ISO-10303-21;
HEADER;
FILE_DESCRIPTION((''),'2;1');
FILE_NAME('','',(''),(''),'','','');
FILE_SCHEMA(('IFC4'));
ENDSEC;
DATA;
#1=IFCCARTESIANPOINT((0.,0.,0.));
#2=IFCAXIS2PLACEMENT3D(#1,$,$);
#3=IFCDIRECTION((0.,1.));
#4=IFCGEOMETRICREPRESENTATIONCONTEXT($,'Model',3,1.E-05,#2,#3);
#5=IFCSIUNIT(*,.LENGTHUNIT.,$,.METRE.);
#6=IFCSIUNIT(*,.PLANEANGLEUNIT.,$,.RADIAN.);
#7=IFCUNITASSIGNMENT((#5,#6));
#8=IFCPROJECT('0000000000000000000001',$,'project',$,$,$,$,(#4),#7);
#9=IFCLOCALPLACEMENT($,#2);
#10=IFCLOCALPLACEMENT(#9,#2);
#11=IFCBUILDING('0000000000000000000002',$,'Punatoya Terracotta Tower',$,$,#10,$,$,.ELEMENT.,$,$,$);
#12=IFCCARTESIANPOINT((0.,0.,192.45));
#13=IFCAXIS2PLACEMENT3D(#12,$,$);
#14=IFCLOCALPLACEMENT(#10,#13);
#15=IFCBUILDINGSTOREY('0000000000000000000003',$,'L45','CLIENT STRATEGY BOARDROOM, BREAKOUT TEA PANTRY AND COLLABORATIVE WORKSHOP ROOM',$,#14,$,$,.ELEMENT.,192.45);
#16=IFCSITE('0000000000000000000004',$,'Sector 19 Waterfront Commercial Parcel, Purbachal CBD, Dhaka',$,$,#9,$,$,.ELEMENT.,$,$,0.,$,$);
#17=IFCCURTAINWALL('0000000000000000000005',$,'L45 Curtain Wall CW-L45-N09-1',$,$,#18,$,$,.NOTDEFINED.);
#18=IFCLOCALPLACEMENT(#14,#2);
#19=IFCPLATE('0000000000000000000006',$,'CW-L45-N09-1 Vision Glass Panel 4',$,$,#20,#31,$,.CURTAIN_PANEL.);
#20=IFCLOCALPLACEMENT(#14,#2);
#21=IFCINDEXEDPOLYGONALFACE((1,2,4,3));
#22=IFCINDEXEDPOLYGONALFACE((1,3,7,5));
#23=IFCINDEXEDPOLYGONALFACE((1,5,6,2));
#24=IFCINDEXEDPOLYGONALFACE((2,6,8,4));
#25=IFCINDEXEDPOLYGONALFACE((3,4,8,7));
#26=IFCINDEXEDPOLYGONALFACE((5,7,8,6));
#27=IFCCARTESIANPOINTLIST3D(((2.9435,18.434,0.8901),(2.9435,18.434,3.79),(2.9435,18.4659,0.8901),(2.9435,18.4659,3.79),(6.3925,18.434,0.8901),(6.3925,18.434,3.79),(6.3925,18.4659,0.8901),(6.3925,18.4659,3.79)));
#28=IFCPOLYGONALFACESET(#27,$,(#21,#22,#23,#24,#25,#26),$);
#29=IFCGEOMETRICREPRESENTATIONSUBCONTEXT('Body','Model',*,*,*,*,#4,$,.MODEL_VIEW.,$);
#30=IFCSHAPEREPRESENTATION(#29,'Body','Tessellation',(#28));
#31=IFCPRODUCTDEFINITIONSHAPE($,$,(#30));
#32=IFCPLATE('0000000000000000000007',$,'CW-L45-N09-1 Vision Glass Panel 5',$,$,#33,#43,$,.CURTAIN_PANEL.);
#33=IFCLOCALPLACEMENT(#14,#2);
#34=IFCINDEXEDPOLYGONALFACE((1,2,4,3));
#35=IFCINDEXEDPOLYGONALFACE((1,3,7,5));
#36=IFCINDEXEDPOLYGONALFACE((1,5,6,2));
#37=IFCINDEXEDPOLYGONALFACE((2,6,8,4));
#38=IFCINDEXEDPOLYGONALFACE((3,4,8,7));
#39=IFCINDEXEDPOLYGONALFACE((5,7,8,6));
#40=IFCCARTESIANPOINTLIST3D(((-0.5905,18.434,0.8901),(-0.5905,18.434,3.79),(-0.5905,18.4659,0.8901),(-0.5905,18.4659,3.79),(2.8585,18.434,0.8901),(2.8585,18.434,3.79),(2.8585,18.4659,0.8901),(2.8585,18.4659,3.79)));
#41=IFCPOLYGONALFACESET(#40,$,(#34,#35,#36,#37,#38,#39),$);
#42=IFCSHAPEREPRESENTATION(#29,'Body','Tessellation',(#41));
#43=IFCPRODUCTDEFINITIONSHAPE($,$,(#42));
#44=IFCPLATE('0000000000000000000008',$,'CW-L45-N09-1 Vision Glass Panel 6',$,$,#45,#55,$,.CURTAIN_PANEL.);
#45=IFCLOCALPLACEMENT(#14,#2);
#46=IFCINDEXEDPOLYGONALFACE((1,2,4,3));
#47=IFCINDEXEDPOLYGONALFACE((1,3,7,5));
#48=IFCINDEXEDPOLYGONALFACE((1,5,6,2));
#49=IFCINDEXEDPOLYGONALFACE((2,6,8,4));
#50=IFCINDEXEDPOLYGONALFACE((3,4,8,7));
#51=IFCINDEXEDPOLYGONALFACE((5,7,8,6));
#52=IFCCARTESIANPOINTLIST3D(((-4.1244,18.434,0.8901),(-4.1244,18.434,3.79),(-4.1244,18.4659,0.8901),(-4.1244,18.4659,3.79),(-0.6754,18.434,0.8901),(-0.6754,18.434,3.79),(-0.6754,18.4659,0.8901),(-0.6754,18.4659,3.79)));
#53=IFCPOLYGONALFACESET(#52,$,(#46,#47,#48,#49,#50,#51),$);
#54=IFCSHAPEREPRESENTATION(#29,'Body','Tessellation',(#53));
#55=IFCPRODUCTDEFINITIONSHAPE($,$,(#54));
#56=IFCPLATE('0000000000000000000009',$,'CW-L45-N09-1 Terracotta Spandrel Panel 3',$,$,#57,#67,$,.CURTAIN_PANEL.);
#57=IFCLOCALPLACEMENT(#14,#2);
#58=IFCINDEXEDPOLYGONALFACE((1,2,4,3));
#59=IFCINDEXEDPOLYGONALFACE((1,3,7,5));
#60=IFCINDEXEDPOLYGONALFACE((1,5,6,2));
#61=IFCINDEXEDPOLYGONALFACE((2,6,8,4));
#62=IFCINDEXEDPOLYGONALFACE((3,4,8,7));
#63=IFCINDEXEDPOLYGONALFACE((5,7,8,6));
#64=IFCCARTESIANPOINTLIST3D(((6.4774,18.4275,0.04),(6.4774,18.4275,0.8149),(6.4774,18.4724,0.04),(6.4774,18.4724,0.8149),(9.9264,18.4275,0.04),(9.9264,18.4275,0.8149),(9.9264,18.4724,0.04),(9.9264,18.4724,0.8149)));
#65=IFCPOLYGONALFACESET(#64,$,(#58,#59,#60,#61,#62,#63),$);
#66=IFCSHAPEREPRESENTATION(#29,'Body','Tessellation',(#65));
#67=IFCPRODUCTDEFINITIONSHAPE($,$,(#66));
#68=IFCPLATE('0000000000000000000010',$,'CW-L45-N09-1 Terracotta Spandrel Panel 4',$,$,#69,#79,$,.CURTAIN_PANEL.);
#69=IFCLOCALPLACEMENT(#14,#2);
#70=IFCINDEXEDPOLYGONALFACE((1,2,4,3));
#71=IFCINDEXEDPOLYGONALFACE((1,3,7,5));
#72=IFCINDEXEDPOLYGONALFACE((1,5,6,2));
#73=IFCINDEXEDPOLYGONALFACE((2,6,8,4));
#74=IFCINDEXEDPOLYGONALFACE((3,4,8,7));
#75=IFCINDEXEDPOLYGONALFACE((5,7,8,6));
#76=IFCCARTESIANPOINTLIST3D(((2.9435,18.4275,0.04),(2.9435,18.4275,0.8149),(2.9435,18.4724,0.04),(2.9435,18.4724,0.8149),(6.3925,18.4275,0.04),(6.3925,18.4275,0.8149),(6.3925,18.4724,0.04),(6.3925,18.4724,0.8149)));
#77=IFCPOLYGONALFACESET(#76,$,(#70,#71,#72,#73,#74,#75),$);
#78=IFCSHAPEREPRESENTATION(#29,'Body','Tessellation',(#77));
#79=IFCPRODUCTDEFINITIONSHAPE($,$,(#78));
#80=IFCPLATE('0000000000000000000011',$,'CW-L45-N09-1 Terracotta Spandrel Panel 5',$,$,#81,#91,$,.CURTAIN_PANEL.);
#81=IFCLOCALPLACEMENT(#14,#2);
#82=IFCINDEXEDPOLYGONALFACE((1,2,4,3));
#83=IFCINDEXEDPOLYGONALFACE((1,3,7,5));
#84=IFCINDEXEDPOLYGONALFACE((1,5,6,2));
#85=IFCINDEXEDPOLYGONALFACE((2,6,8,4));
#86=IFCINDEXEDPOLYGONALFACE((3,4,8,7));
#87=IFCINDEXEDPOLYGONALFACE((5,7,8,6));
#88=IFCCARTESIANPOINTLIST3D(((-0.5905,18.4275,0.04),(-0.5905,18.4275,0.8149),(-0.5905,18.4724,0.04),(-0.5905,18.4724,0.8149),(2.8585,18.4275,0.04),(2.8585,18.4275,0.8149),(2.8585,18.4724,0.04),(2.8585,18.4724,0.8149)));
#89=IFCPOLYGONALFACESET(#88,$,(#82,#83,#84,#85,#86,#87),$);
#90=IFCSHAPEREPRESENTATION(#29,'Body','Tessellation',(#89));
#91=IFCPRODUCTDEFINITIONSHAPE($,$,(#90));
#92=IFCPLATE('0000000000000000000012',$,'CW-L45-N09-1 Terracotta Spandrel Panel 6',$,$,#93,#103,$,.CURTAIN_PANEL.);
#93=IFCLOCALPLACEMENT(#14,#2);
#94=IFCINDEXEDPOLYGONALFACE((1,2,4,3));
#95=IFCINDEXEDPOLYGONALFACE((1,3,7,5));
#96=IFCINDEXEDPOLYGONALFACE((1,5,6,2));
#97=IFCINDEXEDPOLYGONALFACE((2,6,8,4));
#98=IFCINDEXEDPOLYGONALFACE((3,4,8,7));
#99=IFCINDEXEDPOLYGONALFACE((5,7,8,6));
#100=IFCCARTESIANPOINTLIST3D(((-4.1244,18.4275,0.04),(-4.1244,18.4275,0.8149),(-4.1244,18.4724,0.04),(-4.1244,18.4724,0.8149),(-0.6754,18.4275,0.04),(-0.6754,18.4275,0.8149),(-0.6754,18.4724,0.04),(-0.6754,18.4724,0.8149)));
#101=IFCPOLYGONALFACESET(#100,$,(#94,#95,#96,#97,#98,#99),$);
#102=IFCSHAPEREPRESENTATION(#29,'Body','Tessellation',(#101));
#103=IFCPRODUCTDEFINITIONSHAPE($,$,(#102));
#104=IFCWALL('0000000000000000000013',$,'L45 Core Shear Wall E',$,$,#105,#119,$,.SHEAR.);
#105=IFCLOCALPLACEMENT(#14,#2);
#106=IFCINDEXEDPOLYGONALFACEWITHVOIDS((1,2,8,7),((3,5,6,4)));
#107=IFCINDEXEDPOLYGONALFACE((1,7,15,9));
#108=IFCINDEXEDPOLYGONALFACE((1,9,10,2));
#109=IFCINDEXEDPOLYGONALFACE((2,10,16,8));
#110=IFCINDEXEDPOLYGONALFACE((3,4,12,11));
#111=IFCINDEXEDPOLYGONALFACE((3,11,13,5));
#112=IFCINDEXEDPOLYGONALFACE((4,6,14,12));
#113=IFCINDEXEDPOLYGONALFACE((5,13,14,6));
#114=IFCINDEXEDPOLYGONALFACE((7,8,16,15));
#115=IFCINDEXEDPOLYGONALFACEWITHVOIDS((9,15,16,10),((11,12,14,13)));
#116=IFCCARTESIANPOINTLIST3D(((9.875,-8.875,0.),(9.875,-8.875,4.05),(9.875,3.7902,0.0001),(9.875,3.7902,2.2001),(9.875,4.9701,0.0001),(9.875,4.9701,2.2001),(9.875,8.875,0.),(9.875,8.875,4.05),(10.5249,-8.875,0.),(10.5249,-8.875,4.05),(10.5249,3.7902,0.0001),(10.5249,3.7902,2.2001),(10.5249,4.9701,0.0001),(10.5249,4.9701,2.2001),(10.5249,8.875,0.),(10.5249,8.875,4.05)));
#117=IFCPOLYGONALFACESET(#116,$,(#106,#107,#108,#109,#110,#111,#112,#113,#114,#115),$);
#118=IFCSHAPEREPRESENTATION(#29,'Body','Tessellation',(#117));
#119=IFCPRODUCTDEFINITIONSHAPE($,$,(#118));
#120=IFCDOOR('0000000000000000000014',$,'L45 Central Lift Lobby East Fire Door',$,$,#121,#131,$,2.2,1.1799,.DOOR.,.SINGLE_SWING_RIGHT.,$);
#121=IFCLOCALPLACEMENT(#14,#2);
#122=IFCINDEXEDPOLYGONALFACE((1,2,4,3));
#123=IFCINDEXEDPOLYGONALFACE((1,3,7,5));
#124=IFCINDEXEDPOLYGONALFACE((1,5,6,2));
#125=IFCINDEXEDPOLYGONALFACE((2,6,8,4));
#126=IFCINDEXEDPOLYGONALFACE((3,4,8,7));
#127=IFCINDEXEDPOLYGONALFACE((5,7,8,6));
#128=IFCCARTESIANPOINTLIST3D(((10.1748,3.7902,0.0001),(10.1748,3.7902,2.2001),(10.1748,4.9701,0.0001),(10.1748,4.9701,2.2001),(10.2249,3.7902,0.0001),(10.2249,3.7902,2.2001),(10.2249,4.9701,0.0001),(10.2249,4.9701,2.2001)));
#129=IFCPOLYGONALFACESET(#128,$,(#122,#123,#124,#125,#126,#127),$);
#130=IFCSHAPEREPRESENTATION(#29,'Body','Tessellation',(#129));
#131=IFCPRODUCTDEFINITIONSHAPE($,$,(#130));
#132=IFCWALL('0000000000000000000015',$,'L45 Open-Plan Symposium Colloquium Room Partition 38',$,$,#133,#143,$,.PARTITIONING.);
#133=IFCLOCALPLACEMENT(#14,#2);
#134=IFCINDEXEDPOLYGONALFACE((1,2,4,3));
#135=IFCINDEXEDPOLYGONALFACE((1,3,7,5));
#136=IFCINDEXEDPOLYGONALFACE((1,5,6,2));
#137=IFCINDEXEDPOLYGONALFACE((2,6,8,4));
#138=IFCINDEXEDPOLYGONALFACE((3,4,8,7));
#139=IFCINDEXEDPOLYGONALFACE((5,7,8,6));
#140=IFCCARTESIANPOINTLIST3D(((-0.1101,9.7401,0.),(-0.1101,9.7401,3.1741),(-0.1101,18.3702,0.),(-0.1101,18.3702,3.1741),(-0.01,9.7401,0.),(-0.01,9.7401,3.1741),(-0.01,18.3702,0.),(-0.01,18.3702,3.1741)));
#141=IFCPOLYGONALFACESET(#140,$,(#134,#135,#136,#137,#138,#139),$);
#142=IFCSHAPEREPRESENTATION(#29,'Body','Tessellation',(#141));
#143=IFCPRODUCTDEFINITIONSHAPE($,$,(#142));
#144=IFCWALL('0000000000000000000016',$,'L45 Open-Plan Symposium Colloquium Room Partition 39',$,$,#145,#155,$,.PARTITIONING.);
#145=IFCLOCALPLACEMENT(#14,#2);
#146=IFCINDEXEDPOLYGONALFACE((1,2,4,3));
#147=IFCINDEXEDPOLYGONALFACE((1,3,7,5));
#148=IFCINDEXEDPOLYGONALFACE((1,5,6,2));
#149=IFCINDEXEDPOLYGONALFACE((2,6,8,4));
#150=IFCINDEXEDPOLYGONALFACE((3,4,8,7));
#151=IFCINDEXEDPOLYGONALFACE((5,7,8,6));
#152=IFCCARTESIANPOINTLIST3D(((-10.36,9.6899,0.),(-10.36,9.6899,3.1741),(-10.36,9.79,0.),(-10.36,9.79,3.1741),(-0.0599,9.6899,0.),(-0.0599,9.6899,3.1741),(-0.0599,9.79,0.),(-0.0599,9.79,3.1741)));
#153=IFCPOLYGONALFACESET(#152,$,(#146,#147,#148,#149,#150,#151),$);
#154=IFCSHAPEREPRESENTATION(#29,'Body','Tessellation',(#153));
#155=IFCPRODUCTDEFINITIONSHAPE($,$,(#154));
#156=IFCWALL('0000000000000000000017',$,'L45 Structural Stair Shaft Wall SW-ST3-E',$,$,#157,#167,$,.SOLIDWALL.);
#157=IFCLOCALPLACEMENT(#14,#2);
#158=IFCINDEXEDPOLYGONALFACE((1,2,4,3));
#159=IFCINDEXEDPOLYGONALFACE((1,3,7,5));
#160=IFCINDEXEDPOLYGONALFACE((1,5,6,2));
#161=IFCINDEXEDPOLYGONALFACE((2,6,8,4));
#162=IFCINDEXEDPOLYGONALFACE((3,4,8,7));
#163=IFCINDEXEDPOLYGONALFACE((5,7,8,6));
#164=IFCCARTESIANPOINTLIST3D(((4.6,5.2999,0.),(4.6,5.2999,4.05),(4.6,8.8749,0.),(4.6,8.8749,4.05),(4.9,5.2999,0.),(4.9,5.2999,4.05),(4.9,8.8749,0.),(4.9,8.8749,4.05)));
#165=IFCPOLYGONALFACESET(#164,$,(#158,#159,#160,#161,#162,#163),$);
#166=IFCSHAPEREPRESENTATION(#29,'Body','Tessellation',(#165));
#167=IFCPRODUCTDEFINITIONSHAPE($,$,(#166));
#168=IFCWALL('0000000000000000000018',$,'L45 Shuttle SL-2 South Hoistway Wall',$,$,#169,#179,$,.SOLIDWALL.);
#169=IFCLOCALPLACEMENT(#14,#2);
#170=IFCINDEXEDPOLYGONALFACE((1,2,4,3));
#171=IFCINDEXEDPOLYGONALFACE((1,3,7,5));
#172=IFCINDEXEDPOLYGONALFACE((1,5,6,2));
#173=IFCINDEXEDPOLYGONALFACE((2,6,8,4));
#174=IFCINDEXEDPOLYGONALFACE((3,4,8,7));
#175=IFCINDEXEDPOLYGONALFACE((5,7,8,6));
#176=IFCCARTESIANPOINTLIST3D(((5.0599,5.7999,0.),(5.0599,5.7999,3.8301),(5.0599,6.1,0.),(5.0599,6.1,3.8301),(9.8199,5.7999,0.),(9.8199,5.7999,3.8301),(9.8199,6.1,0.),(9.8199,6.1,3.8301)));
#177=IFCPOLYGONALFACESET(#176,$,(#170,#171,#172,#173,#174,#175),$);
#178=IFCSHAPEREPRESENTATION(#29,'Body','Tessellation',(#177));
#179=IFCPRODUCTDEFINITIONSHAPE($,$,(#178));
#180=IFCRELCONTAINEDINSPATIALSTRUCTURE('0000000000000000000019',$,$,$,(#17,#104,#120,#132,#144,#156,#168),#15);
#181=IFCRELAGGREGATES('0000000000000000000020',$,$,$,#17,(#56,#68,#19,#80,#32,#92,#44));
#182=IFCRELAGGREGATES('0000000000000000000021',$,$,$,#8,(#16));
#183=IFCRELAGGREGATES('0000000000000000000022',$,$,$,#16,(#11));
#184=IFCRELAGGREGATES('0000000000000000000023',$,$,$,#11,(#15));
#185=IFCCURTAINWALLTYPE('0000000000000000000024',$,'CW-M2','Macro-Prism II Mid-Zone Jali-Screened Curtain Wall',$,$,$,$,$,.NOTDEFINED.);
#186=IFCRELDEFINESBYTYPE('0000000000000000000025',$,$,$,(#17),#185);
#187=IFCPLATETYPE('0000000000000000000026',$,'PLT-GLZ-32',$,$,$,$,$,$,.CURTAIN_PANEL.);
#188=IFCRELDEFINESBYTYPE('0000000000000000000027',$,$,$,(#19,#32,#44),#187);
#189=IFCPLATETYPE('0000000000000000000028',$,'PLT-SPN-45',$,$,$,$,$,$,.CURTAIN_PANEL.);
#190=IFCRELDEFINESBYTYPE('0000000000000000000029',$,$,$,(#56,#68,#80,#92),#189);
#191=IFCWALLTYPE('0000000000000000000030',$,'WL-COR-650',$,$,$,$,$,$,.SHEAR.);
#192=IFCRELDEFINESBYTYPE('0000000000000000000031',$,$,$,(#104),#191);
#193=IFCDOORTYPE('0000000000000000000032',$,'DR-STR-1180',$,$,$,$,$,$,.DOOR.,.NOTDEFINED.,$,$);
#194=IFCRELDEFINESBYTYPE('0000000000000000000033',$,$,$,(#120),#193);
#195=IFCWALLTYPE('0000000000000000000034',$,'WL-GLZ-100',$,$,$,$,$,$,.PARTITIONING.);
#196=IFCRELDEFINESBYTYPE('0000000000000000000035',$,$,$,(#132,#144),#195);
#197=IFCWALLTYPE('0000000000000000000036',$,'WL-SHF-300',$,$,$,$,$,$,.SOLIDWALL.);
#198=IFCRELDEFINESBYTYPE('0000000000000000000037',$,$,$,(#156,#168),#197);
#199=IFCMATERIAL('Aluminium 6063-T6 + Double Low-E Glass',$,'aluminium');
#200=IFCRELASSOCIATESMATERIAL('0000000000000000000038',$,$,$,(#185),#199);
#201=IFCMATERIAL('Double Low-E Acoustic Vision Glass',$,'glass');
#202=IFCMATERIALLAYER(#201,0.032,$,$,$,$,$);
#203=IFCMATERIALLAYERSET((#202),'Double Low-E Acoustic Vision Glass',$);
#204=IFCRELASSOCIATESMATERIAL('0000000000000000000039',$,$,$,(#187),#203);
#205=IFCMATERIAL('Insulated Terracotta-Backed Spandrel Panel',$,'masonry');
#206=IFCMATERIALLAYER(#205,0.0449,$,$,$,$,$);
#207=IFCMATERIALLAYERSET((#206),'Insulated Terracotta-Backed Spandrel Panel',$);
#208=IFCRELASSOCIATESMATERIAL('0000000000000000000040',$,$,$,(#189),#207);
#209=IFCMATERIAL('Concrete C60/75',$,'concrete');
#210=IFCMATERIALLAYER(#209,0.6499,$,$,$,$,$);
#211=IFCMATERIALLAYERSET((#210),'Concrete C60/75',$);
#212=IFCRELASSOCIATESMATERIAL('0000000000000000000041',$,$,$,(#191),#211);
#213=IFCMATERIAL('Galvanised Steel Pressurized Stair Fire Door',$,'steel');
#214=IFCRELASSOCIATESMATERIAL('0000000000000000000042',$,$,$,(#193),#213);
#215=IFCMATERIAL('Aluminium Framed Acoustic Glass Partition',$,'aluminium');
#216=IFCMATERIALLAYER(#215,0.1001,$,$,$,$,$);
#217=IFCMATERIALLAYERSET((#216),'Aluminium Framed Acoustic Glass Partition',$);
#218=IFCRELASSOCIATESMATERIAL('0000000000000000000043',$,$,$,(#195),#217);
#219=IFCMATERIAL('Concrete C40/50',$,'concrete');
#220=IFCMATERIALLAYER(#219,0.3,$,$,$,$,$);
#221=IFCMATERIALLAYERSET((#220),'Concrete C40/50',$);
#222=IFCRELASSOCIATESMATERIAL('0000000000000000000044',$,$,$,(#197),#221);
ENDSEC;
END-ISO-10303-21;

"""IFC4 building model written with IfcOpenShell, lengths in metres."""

from ifc_helpers import new_model, si_unit, direction, frame, frame_2d, origin, origin_2d, place, context, subcontext, project, spatial, rectangle, extrude, material, layer, layer_set, type_object, element, fill, aggregate, save


model = new_model("IFC4")

# Units and contexts
model_context = context("Model", 3, precision=1e-05, world=origin(), true_north=direction((0.0, 1.0)))
body_context = subcontext(model_context, "Body", "Model", "MODEL_VIEW")
ifc_project = project(units=[si_unit("LENGTHUNIT", "METRE"), si_unit("PLANEANGLEUNIT", "RADIAN")], contexts=[model_context])

# Site, building, storey
site_placement = place(None, origin())
site = spatial("IfcSite", under=ifc_project, at=site_placement, Name="Sector 19 Waterfront Commercial Parcel, Purbachal CBD, Dhaka", CompositionType="ELEMENT", RefElevation=0.0)
building_placement = place(site_placement, origin())
building = spatial("IfcBuilding", under=site, at=building_placement, Name="Punatoya Terracotta Tower", CompositionType="ELEMENT")
storey_placement = place(building_placement, frame((0.0, 0.0, 192.45)))
storey = spatial("IfcBuildingStorey", under=building, at=storey_placement, Name="L45", Description="CLIENT STRATEGY BOARDROOM, BREAKOUT TEA PANTRY AND COLLABORATIVE WORKSHOP ROOM", CompositionType="ELEMENT", Elevation=192.45)

# Curtain wall, plates
ifc_material_1 = material(Name="Aluminium 6063-T6 + Double Low-E Glass", Category="aluminium")
curtain_wall_type = type_object("IfcCurtainWallType", Name="CW-M2", Description="Macro-Prism II Mid-Zone Jali-Screened Curtain Wall", PredefinedType="NOTDEFINED", material=ifc_material_1)
curtain_wall_placement = place(storey_placement, origin())
curtain_wall = element("IfcCurtainWall", 1, at=curtain_wall_placement, inside=storey, type_object=curtain_wall_type, Name="L45 Curtain Wall CW-L45-N09-1", PredefinedType="NOTDEFINED")
ifc_material_2 = material(Name="Double Low-E Acoustic Vision Glass", Category="glass")
ifc_layer_1 = layer(ifc_material_2, 0.032)
ifc_layer_set_1 = layer_set([ifc_layer_1], Name="Double Low-E Acoustic Vision Glass")
plate_type_1 = type_object("IfcPlateType", Name="PLT-GLZ-32", PredefinedType="CURTAIN_PANEL", material=ifc_layer_set_1)
plate_1_placement = place(storey_placement, frame((4.668, 18.45, 0.8901), z_axis=(0.0, 0.0, 1.0), x_axis=(-1.0, 0.0, 0.0)))
plate_1 = element("IfcPlate", 2, at=plate_1_placement, type_object=plate_type_1, Name="CW-L45-N09-1 Vision Glass Panel 4", PredefinedType="CURTAIN_PANEL", context=body_context, shape_type="SweptSolid", body=[
    extrude(rectangle(XDim=3.449, YDim=0.032, at=origin_2d()), origin(), (0.0, 0.0, 1.0), 2.8999),
])
plate_2_placement = place(storey_placement, frame((1.134, 18.45, 0.8901), z_axis=(0.0, 0.0, 1.0), x_axis=(-1.0, 0.0, 0.0)))
plate_2 = element("IfcPlate", 3, at=plate_2_placement, type_object=plate_type_1, Name="CW-L45-N09-1 Vision Glass Panel 5", PredefinedType="CURTAIN_PANEL", context=body_context, shape_type="SweptSolid", body=[
    extrude(rectangle(XDim=3.449, YDim=0.032, at=origin_2d()), origin(), (0.0, 0.0, 1.0), 2.8999),
])
plate_3_placement = place(storey_placement, frame((-2.3999, 18.45, 0.8901), z_axis=(0.0, 0.0, 1.0), x_axis=(-1.0, 0.0, 0.0)))
plate_3 = element("IfcPlate", 4, at=plate_3_placement, type_object=plate_type_1, Name="CW-L45-N09-1 Vision Glass Panel 6", PredefinedType="CURTAIN_PANEL", context=body_context, shape_type="SweptSolid", body=[
    extrude(rectangle(XDim=3.449, YDim=0.032, at=origin_2d()), origin(), (0.0, 0.0, 1.0), 2.8999),
])
ifc_material_3 = material(Name="Insulated Terracotta-Backed Spandrel Panel", Category="masonry")
ifc_layer_2 = layer(ifc_material_3, 0.0449)
ifc_layer_set_2 = layer_set([ifc_layer_2], Name="Insulated Terracotta-Backed Spandrel Panel")
plate_type_2 = type_object("IfcPlateType", Name="PLT-SPN-45", PredefinedType="CURTAIN_PANEL", material=ifc_layer_set_2)
plate_4_placement = place(storey_placement, frame((8.2019, 18.45, 0.04), z_axis=(0.0, 0.0, 1.0), x_axis=(-1.0, 0.0, 0.0)))
plate_4 = element("IfcPlate", 5, at=plate_4_placement, type_object=plate_type_2, Name="CW-L45-N09-1 Terracotta Spandrel Panel 3", PredefinedType="CURTAIN_PANEL", context=body_context, shape_type="SweptSolid", body=[
    extrude(rectangle(XDim=3.449, YDim=0.0449, at=origin_2d()), origin(), (0.0, 0.0, 1.0), 0.7749),
])
plate_5_placement = place(storey_placement, frame((4.668, 18.45, 0.04), z_axis=(0.0, 0.0, 1.0), x_axis=(-1.0, 0.0, 0.0)))
plate_5 = element("IfcPlate", 6, at=plate_5_placement, type_object=plate_type_2, Name="CW-L45-N09-1 Terracotta Spandrel Panel 4", PredefinedType="CURTAIN_PANEL", context=body_context, shape_type="SweptSolid", body=[
    extrude(rectangle(XDim=3.449, YDim=0.0449, at=origin_2d()), origin(), (0.0, 0.0, 1.0), 0.7749),
])
plate_6_placement = place(storey_placement, frame((1.134, 18.45, 0.04), z_axis=(0.0, 0.0, 1.0), x_axis=(-1.0, 0.0, 0.0)))
plate_6 = element("IfcPlate", 7, at=plate_6_placement, type_object=plate_type_2, Name="CW-L45-N09-1 Terracotta Spandrel Panel 5", PredefinedType="CURTAIN_PANEL", context=body_context, shape_type="SweptSolid", body=[
    extrude(rectangle(XDim=3.449, YDim=0.0449, at=origin_2d()), origin(), (0.0, 0.0, 1.0), 0.7749),
])
plate_7_placement = place(storey_placement, frame((-2.3999, 18.45, 0.04), z_axis=(0.0, 0.0, 1.0), x_axis=(-1.0, 0.0, 0.0)))
plate_7 = element("IfcPlate", 8, at=plate_7_placement, type_object=plate_type_2, Name="CW-L45-N09-1 Terracotta Spandrel Panel 6", PredefinedType="CURTAIN_PANEL", context=body_context, shape_type="SweptSolid", body=[
    extrude(rectangle(XDim=3.449, YDim=0.0449, at=origin_2d()), origin(), (0.0, 0.0, 1.0), 0.7749),
])
aggregate(curtain_wall, [plate_4, plate_5, plate_1, plate_6, plate_2, plate_7, plate_3])

# Wall, opening, door
ifc_material_4 = material(Name="Concrete C60/75", Category="concrete")
ifc_layer_3 = layer(ifc_material_4, 0.6499)
ifc_layer_set_3 = layer_set([ifc_layer_3], Name="Concrete C60/75")
wall_type_1 = type_object("IfcWallType", Name="WL-COR-650", PredefinedType="SHEAR", material=ifc_layer_set_3)
wall_1_placement = place(storey_placement, frame((10.2, 8.875, 0.0), z_axis=(0.0, 0.0, 1.0), x_axis=(0.0, -1.0, 0.0)))
wall_1 = element("IfcWall", 9, at=wall_1_placement, inside=storey, type_object=wall_type_1, Name="L45 Core Shear Wall E", PredefinedType="SHEAR", context=body_context, shape_type="SweptSolid", body=[
    extrude(rectangle(XDim=17.75, YDim=0.6499, at=frame_2d((8.875, 0.0))), origin(), (0.0, 0.0, 1.0), 4.05),
])
opening_placement = place(wall_1_placement, frame((3.905, 0.0, 0.0)))
opening = element("IfcOpeningElement", 10, at=opening_placement, cuts=wall_1, PredefinedType="OPENING", context=body_context, shape_type="SweptSolid", body=[
    extrude(rectangle(XDim=1.1799, YDim=2.2, at=frame_2d((0.5898, 1.1001))), frame((0.0, 0.335, 0.0), z_axis=(0.0, -1.0, 0.0), x_axis=(1.0, 0.0, 0.0)), (0.0, 0.0, 1.0), 0.6699),
])
ifc_material_5 = material(Name="Galvanised Steel Pressurized Stair Fire Door", Category="steel")
door_type = type_object("IfcDoorType", Name="DR-STR-1180", OperationType="NOTDEFINED", PredefinedType="DOOR", material=ifc_material_5)
door_placement = place(opening_placement, origin())
door = element("IfcDoor", 11, at=door_placement, inside=storey, type_object=door_type, Name="L45 Central Lift Lobby East Fire Door", OperationType="SINGLE_SWING_RIGHT", OverallHeight=2.2, OverallWidth=1.1799, PredefinedType="DOOR", context=body_context, shape_type="SweptSolid", body=[
    extrude(rectangle(XDim=1.1799, YDim=2.2, at=frame_2d((0.5898, 1.1001))), frame((0.0, 0.0249, 0.0), z_axis=(0.0, -1.0, 0.0), x_axis=(1.0, 0.0, 0.0)), (0.0, 0.0, 1.0), 0.05),
])
fill(opening, door)

# Walls
ifc_material_6 = material(Name="Aluminium Framed Acoustic Glass Partition", Category="aluminium")
ifc_layer_4 = layer(ifc_material_6, 0.1001)
ifc_layer_set_4 = layer_set([ifc_layer_4], Name="Aluminium Framed Acoustic Glass Partition")
wall_type_2 = type_object("IfcWallType", Name="WL-GLZ-100", PredefinedType="PARTITIONING", material=ifc_layer_set_4)
wall_2_placement = place(storey_placement, frame((-0.0601, 18.3701, 0.0), z_axis=(0.0, 0.0, 1.0), x_axis=(0.0, -1.0, 0.0)))
element("IfcWall", 12, at=wall_2_placement, inside=storey, type_object=wall_type_2, Name="L45 Open-Plan Symposium Colloquium Room Partition 38", PredefinedType="PARTITIONING", context=body_context, shape_type="SweptSolid", body=[
    extrude(rectangle(XDim=8.6301, YDim=0.1001, at=frame_2d((4.3149, 0.0))), origin(), (0.0, 0.0, 1.0), 3.1741),
])
wall_3_placement = place(storey_placement, frame((-0.0601, 9.74, 0.0), z_axis=(0.0, 0.0, 1.0), x_axis=(-1.0, 0.0, 0.0)))
element("IfcWall", 13, at=wall_3_placement, inside=storey, type_object=wall_type_2, Name="L45 Open-Plan Symposium Colloquium Room Partition 39", PredefinedType="PARTITIONING", context=body_context, shape_type="SweptSolid", body=[
    extrude(rectangle(XDim=10.3, YDim=0.1001, at=frame_2d((5.1499, 0.0))), origin(), (0.0, 0.0, 1.0), 3.1741),
])
ifc_material_7 = material(Name="Concrete C40/50", Category="concrete")
ifc_layer_5 = layer(ifc_material_7, 0.3)
ifc_layer_set_5 = layer_set([ifc_layer_5], Name="Concrete C40/50")
wall_type_3 = type_object("IfcWallType", Name="WL-SHF-300", PredefinedType="SOLIDWALL", material=ifc_layer_set_5)
wall_4_placement = place(storey_placement, frame((4.75, 8.875, 0.0), z_axis=(0.0, 0.0, 1.0), x_axis=(0.0, -1.0, 0.0)))
element("IfcWall", 14, at=wall_4_placement, inside=storey, type_object=wall_type_3, Name="L45 Structural Stair Shaft Wall SW-ST3-E", PredefinedType="SOLIDWALL", context=body_context, shape_type="SweptSolid", body=[
    extrude(rectangle(XDim=3.575, YDim=0.3, at=frame_2d((1.7876, 0.0))), origin(), (0.0, 0.0, 1.0), 4.05),
])
wall_5_placement = place(storey_placement, frame((5.0601, 5.95, 0.0), z_axis=(0.0, 0.0, 1.0), x_axis=(1.0, 0.0, 0.0)))
element("IfcWall", 15, at=wall_5_placement, inside=storey, type_object=wall_type_3, Name="L45 Shuttle SL-2 South Hoistway Wall", PredefinedType="SOLIDWALL", context=body_context, shape_type="SweptSolid", body=[
    extrude(rectangle(XDim=4.76, YDim=0.3, at=frame_2d((2.3799, 0.0))), origin(), (0.0, 0.0, 1.0), 3.8301),
])

save(model, "model.ifc")
